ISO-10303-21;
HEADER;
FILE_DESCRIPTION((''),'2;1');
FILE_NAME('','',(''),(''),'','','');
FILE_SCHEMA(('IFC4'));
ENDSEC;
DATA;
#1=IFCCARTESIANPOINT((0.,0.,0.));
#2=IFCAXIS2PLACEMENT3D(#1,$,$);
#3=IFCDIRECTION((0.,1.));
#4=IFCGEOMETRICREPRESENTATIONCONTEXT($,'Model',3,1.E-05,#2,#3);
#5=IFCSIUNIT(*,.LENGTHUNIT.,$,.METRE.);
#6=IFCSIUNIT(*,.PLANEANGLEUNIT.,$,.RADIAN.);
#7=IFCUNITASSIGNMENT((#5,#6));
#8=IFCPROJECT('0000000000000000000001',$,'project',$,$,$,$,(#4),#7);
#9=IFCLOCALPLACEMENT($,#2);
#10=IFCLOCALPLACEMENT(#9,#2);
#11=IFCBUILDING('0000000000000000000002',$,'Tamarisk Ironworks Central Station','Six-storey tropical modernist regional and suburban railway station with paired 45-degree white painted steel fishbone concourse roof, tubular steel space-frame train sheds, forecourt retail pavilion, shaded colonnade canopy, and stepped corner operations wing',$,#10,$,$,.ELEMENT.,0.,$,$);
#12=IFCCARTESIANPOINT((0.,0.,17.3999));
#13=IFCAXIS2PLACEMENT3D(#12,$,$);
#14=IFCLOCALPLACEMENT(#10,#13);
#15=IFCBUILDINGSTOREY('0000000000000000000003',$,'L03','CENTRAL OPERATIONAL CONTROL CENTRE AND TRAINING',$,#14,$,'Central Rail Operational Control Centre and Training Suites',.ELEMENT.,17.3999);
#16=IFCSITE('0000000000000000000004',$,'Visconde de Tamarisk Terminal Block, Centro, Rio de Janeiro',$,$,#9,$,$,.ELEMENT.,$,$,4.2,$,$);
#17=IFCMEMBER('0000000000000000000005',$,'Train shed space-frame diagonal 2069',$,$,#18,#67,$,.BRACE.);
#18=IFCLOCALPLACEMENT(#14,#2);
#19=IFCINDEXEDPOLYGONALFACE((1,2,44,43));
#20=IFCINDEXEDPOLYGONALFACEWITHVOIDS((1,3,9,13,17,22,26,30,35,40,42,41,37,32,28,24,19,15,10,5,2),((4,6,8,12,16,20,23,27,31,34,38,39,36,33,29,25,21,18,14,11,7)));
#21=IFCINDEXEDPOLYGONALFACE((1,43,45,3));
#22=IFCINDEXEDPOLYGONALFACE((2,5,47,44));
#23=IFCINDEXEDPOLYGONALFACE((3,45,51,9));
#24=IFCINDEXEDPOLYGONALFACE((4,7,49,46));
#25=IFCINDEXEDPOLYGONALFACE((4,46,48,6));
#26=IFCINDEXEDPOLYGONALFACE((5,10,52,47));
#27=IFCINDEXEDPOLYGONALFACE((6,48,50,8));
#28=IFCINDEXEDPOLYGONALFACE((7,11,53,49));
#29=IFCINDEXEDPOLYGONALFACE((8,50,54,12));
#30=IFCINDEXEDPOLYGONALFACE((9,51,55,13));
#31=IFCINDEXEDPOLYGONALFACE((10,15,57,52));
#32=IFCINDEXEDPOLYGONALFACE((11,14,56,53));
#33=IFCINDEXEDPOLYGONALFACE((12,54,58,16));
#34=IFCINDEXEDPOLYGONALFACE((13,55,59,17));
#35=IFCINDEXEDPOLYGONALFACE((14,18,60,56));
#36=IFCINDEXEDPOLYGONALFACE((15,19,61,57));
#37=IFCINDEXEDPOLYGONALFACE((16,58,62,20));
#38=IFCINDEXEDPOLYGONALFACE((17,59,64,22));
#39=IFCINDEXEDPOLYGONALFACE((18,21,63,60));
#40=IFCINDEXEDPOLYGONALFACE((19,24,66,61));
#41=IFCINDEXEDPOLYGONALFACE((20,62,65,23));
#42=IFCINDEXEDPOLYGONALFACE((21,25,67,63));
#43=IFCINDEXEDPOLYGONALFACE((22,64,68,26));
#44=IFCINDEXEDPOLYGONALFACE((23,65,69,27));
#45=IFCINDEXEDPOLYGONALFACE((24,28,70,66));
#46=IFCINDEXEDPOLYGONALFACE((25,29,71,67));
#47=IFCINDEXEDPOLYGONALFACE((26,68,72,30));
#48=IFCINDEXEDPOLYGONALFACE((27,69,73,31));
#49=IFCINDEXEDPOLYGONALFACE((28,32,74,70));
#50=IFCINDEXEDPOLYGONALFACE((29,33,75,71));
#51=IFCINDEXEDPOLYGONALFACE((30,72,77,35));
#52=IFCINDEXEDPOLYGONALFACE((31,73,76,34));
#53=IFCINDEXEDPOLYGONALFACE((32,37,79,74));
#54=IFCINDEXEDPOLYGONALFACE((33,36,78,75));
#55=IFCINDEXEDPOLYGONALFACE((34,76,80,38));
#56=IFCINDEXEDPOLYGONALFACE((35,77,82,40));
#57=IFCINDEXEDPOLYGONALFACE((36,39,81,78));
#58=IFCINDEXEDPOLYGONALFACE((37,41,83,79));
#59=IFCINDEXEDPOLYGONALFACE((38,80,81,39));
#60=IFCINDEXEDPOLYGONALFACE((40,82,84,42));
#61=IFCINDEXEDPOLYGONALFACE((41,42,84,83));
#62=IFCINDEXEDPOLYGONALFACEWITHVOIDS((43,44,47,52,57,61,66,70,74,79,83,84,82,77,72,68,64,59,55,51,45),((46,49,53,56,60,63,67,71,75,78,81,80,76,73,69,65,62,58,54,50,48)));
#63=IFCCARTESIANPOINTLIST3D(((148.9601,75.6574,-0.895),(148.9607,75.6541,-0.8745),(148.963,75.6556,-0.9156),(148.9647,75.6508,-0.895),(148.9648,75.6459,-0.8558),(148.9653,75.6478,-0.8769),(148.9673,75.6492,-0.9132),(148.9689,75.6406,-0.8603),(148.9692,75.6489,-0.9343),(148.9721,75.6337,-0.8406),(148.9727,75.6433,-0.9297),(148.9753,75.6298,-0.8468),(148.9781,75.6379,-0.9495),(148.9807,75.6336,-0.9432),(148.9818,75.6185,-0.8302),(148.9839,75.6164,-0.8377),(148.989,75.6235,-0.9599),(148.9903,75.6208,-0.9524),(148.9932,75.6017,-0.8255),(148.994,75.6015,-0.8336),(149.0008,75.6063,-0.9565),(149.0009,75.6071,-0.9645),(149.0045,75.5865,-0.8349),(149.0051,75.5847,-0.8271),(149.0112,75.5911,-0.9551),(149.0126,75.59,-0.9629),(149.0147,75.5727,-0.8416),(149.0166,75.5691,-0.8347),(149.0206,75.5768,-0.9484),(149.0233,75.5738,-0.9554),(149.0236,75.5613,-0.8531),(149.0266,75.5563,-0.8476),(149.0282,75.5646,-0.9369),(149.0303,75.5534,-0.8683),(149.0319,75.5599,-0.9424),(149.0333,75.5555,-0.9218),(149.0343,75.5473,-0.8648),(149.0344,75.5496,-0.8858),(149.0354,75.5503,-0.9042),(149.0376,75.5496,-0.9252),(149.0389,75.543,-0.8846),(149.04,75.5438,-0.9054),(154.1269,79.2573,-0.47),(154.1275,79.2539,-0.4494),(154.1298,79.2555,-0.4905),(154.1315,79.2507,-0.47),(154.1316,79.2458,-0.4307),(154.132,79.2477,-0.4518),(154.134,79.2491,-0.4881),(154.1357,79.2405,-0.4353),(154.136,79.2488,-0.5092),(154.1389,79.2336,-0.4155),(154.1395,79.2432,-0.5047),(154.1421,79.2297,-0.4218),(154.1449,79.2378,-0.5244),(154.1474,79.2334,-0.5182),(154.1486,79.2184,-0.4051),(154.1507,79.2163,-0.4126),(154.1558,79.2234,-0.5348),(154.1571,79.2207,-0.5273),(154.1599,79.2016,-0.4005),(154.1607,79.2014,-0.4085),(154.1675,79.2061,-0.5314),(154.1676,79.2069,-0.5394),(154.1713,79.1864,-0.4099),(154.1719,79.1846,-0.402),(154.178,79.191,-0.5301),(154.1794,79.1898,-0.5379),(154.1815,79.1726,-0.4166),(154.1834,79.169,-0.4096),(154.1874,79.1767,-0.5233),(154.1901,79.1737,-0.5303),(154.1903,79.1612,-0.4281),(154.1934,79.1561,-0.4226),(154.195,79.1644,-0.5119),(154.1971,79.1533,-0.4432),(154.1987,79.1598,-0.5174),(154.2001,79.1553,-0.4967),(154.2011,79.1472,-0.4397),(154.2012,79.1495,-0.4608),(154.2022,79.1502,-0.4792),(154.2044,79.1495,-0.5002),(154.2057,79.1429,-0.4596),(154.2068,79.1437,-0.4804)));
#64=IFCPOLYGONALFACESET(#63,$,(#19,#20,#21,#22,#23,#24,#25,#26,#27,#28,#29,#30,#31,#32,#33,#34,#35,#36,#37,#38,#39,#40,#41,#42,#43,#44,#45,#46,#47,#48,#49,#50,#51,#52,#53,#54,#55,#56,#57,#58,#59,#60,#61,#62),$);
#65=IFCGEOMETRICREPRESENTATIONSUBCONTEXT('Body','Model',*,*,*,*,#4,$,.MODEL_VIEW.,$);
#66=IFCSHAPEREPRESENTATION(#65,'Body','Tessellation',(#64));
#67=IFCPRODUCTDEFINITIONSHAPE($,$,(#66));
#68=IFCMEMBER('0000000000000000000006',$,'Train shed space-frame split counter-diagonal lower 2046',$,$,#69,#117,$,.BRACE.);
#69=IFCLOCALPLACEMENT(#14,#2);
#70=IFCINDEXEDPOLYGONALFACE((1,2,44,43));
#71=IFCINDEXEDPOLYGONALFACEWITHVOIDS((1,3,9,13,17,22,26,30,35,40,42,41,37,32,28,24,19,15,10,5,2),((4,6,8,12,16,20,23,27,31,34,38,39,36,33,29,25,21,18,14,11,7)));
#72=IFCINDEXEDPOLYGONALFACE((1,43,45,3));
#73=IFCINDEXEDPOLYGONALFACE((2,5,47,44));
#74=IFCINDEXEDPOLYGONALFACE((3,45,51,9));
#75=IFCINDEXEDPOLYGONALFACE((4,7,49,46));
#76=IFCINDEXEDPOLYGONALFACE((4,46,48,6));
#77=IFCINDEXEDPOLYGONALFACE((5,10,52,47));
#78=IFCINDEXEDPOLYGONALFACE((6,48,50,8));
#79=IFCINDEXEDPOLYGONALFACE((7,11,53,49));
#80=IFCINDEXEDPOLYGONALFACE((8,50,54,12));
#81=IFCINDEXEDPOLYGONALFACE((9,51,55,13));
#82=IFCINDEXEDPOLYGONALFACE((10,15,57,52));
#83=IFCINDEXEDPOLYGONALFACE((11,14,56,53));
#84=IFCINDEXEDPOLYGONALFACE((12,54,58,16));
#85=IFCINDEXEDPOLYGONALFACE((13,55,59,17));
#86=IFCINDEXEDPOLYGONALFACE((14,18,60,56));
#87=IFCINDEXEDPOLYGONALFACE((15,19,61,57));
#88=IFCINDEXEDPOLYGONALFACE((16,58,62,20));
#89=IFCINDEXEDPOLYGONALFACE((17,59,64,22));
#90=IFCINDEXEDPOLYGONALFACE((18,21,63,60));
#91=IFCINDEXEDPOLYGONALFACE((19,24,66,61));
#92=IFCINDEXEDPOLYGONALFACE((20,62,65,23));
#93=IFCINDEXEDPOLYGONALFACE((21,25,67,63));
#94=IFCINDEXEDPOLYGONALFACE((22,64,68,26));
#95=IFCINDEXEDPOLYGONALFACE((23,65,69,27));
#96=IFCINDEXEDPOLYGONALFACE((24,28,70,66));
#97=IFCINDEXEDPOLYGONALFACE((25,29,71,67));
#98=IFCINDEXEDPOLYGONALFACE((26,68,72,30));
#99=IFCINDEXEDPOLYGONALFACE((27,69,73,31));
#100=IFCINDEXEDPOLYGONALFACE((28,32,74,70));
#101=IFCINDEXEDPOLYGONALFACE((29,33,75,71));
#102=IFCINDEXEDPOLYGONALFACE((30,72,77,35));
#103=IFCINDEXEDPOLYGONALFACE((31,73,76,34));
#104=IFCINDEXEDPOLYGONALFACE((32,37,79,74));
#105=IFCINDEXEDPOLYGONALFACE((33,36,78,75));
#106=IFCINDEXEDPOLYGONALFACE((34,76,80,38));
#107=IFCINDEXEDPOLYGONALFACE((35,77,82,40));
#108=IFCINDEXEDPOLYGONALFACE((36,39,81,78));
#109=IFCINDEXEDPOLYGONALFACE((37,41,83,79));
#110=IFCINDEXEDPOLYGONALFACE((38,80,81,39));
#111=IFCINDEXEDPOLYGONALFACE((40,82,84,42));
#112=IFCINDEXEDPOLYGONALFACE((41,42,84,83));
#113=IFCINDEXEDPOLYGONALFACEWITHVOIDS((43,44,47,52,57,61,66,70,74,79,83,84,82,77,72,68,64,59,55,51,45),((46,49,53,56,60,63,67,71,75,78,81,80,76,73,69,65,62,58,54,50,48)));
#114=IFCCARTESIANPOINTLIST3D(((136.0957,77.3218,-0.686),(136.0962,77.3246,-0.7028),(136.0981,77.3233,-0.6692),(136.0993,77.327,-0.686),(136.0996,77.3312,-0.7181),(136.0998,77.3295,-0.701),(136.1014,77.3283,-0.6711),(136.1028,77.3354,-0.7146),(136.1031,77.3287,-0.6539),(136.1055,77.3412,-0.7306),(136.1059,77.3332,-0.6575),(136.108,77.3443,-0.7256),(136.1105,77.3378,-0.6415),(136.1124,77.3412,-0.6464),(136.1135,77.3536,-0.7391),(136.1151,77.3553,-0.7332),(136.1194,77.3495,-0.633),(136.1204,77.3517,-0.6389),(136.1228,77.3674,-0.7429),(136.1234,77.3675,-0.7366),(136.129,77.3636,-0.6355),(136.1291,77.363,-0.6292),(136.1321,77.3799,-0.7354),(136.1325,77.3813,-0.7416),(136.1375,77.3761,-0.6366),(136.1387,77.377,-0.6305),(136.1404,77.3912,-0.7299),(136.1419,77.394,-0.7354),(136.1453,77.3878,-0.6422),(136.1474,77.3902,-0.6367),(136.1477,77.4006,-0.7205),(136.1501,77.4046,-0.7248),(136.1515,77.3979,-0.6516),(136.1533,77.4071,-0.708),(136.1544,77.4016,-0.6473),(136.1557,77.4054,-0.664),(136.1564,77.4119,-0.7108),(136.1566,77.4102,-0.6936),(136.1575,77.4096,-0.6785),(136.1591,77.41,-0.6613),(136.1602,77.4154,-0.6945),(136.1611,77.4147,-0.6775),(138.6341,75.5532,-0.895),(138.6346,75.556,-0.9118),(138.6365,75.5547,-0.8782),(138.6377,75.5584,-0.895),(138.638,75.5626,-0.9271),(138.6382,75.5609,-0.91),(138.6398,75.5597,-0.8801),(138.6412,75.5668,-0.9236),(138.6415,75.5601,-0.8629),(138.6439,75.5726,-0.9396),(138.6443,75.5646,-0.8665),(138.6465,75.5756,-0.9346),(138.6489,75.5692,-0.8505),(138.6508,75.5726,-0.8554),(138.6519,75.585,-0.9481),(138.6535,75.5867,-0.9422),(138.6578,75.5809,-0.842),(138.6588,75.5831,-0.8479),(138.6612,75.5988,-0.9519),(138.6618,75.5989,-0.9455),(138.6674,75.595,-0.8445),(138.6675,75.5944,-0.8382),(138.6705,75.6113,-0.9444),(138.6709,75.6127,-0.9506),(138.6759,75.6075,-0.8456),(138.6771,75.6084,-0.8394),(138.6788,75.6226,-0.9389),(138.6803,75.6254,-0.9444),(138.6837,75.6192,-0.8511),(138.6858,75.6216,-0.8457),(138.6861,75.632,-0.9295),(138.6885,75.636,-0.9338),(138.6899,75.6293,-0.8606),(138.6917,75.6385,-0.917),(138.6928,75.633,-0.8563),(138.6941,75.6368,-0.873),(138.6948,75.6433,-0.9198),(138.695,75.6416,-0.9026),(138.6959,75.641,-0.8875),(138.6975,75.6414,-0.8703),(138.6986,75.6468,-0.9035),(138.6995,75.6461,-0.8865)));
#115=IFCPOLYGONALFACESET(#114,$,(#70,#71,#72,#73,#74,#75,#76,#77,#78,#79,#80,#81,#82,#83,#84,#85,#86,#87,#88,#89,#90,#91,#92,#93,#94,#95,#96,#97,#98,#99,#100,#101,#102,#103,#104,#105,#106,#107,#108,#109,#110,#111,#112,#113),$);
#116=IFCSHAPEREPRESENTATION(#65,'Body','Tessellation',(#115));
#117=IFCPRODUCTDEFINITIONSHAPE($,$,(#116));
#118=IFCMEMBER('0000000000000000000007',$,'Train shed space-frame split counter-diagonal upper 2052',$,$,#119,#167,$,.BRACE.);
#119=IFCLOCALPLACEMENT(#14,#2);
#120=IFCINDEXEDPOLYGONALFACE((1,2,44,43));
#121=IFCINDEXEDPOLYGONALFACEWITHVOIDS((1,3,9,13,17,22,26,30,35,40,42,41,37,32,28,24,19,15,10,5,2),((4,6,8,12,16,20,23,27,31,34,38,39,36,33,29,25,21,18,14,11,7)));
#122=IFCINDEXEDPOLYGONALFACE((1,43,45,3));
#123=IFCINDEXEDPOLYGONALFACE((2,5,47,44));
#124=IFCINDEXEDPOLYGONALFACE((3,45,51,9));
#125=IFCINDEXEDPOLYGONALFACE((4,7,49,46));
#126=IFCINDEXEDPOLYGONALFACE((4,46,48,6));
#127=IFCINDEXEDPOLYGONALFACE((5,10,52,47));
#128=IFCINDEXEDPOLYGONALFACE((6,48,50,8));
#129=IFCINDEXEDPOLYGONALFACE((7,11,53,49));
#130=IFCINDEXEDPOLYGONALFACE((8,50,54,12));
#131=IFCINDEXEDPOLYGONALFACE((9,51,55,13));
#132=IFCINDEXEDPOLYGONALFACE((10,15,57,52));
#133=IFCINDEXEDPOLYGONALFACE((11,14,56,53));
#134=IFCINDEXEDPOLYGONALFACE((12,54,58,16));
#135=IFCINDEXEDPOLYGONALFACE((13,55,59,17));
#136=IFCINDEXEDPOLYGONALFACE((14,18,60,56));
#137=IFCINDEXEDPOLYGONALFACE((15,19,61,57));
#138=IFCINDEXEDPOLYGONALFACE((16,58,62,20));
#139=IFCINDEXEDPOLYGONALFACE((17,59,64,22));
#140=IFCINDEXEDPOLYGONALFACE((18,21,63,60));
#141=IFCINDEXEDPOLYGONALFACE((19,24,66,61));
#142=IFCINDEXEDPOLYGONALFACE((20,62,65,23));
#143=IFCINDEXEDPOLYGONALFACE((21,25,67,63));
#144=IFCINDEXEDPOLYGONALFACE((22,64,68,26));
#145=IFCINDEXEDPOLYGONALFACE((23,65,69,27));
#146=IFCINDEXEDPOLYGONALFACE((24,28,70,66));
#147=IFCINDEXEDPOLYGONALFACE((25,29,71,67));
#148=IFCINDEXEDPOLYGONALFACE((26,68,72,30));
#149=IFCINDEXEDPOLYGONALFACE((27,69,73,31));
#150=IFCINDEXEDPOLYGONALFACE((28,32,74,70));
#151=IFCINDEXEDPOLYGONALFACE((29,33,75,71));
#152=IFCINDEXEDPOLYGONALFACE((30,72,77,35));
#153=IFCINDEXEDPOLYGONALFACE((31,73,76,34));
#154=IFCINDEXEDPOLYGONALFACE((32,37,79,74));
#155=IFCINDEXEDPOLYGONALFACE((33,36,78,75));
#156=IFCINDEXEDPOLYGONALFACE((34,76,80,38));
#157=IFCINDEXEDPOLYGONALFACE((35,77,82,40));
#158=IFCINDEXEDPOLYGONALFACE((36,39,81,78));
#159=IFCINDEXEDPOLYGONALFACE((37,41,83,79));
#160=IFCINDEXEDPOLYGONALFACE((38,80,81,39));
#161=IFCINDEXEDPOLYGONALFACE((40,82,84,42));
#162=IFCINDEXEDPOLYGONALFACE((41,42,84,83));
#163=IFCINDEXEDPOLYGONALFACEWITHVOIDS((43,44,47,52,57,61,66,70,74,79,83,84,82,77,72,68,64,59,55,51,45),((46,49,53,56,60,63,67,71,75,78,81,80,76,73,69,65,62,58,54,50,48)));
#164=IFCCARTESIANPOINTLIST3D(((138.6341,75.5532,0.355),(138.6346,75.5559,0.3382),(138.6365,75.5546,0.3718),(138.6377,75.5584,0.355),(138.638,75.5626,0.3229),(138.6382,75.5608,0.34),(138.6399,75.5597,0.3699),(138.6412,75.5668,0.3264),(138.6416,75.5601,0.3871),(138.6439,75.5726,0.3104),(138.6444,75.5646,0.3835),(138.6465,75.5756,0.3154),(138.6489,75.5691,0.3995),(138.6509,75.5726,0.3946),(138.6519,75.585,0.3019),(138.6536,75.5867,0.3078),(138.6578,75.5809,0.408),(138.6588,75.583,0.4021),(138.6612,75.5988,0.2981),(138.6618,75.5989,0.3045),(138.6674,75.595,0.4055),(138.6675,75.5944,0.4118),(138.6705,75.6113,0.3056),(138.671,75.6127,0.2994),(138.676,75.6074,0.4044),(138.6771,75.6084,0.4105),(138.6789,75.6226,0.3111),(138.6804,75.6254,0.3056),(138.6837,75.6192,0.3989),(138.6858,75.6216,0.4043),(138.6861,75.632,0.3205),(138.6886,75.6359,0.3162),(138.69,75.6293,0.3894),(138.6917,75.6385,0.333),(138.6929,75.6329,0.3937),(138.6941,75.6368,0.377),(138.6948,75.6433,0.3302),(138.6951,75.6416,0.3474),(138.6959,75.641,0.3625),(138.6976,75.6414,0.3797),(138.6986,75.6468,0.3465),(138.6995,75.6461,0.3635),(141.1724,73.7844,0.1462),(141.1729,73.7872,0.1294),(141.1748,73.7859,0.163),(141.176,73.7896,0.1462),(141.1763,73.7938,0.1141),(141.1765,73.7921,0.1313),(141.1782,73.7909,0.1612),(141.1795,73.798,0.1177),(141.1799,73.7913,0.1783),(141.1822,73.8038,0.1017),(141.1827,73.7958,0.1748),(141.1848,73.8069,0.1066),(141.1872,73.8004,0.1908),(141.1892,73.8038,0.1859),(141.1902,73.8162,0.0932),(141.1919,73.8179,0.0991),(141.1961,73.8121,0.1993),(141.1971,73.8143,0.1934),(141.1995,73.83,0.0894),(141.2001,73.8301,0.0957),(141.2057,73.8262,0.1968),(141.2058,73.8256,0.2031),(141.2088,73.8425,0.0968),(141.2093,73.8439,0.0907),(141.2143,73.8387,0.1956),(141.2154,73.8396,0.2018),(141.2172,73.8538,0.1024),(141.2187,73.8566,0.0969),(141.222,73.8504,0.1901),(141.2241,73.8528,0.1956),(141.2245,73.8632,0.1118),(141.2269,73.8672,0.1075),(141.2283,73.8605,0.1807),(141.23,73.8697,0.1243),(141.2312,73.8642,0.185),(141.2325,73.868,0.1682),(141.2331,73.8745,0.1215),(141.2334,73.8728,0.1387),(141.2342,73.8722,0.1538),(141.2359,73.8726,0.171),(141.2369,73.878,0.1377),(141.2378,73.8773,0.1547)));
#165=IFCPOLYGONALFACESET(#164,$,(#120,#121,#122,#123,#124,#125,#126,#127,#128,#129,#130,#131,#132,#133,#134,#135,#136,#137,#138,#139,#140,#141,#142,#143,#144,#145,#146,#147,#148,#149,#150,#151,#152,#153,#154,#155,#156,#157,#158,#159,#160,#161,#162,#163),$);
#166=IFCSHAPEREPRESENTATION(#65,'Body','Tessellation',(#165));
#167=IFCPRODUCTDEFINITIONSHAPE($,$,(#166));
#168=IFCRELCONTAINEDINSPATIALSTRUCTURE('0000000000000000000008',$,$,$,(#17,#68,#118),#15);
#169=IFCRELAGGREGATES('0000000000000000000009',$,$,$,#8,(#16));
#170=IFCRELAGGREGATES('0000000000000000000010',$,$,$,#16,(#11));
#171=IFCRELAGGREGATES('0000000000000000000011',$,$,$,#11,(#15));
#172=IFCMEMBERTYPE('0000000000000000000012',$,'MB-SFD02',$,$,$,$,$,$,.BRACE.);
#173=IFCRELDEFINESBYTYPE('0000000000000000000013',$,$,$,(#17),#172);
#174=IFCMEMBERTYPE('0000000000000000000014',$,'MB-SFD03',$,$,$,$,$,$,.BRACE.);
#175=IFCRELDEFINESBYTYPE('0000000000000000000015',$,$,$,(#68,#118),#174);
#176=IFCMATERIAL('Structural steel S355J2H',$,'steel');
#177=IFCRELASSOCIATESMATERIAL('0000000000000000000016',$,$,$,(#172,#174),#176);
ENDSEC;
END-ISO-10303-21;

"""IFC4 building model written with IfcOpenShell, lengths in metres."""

from ifc_helpers import new_model, si_unit, direction, frame, origin, origin_2d, place, context, subcontext, project, spatial, hollow_circle, extrude, material, material_profile, profile_set, type_object, element, save


model = new_model("IFC4")

# Units and contexts
model_context = context("Model", 3, precision=1e-05, world=origin(), true_north=direction((0.0, 1.0)))
body_context = subcontext(model_context, "Body", "Model", "MODEL_VIEW")
ifc_project = project(units=[si_unit("LENGTHUNIT", "METRE"), si_unit("PLANEANGLEUNIT", "RADIAN")], contexts=[model_context])

# Site, building, storey
site_placement = place(None, origin())
site = spatial("IfcSite", under=ifc_project, at=site_placement, Name="Visconde de Tamarisk Terminal Block, Centro, Rio de Janeiro", CompositionType="ELEMENT", RefElevation=4.2)
building_placement = place(site_placement, origin())
building = spatial("IfcBuilding", under=site, at=building_placement, Name="Tamarisk Ironworks Central Station", Description="Six-storey tropical modernist regional and suburban railway station with paired 45-degree white painted steel fishbone concourse roof, tubular steel space-frame train sheds, forecourt retail pavilion, shaded colonnade canopy, and stepped corner operations wing", CompositionType="ELEMENT", ElevationOfRefHeight=0.0)
storey_placement = place(building_placement, frame((0.0, 0.0, 17.3999)))
storey = spatial("IfcBuildingStorey", under=building, at=storey_placement, Name="L03", Description="CENTRAL OPERATIONAL CONTROL CENTRE AND TRAINING", LongName="Central Rail Operational Control Centre and Training Suites", CompositionType="ELEMENT", Elevation=17.3999)

# Members
ifc_material = material(Name="Structural steel S355J2H", Category="steel")
ifc_material_profile_1 = material_profile(ifc_material, hollow_circle(Radius=0.0698, WallThickness=0.0081, at=origin_2d()), Name="CHS 139.7x8")
ifc_profile_set_1 = profile_set([ifc_material_profile_1], Name="Structural steel S355J2H")
member_type_1 = type_object("IfcMemberType", Name="MB-SFD02", PredefinedType="BRACE", material=ifc_profile_set_1)
member_1_placement = place(storey_placement, frame((149.0, 75.6001, -0.895), z_axis=(0.818626, 0.570365, 0.067345), x_axis=(-0.571663, 0.820489, 0.0)))
element("IfcMember", 1, at=member_1_placement, inside=storey, type_object=member_type_1, Name="Train shed space-frame diagonal 2069", PredefinedType="BRACE", context=body_context, shape_type="SweptSolid", body=[
    extrude(hollow_circle(Radius=0.0698, WallThickness=0.0081, at=origin_2d()), origin(), (0.0, 0.0, 1.0), 6.3115),
])
ifc_material_profile_2 = material_profile(ifc_material, hollow_circle(Radius=0.0571, WallThickness=0.0063, at=origin_2d()), Name="CHS 114.3x6.3")
ifc_profile_set_2 = profile_set([ifc_material_profile_2], Name="Structural steel S355J2H")
member_type_2 = type_object("IfcMemberType", Name="MB-SFD03", PredefinedType="BRACE", material=ifc_profile_set_2)
for number, where, z_axis, x_axis, name in (
    (2, (138.6667, 75.6001, -0.895), (-0.818621, 0.570366, 0.067398), (-0.571666, -0.820487, 0.0), "Train shed space-frame split counter-diagonal lower 2046"),
    (3, (141.2051, 73.8313, 0.1462), (-0.818589, 0.570422, 0.067317), (-0.571719, -0.82045, 0.0), "Train shed space-frame split counter-diagonal upper 2052"),
):
    element("IfcMember", number, at=place(storey_placement, frame(where, z_axis=z_axis, x_axis=x_axis)), inside=storey, type_object=member_type_2, Name=name, PredefinedType="BRACE", context=body_context, shape_type="SweptSolid", body=[
        extrude(hollow_circle(Radius=0.0571, WallThickness=0.0063, at=origin_2d()), origin(), (0.0, 0.0, 1.0), 3.1008),
    ])

save(model, "model.ifc")
